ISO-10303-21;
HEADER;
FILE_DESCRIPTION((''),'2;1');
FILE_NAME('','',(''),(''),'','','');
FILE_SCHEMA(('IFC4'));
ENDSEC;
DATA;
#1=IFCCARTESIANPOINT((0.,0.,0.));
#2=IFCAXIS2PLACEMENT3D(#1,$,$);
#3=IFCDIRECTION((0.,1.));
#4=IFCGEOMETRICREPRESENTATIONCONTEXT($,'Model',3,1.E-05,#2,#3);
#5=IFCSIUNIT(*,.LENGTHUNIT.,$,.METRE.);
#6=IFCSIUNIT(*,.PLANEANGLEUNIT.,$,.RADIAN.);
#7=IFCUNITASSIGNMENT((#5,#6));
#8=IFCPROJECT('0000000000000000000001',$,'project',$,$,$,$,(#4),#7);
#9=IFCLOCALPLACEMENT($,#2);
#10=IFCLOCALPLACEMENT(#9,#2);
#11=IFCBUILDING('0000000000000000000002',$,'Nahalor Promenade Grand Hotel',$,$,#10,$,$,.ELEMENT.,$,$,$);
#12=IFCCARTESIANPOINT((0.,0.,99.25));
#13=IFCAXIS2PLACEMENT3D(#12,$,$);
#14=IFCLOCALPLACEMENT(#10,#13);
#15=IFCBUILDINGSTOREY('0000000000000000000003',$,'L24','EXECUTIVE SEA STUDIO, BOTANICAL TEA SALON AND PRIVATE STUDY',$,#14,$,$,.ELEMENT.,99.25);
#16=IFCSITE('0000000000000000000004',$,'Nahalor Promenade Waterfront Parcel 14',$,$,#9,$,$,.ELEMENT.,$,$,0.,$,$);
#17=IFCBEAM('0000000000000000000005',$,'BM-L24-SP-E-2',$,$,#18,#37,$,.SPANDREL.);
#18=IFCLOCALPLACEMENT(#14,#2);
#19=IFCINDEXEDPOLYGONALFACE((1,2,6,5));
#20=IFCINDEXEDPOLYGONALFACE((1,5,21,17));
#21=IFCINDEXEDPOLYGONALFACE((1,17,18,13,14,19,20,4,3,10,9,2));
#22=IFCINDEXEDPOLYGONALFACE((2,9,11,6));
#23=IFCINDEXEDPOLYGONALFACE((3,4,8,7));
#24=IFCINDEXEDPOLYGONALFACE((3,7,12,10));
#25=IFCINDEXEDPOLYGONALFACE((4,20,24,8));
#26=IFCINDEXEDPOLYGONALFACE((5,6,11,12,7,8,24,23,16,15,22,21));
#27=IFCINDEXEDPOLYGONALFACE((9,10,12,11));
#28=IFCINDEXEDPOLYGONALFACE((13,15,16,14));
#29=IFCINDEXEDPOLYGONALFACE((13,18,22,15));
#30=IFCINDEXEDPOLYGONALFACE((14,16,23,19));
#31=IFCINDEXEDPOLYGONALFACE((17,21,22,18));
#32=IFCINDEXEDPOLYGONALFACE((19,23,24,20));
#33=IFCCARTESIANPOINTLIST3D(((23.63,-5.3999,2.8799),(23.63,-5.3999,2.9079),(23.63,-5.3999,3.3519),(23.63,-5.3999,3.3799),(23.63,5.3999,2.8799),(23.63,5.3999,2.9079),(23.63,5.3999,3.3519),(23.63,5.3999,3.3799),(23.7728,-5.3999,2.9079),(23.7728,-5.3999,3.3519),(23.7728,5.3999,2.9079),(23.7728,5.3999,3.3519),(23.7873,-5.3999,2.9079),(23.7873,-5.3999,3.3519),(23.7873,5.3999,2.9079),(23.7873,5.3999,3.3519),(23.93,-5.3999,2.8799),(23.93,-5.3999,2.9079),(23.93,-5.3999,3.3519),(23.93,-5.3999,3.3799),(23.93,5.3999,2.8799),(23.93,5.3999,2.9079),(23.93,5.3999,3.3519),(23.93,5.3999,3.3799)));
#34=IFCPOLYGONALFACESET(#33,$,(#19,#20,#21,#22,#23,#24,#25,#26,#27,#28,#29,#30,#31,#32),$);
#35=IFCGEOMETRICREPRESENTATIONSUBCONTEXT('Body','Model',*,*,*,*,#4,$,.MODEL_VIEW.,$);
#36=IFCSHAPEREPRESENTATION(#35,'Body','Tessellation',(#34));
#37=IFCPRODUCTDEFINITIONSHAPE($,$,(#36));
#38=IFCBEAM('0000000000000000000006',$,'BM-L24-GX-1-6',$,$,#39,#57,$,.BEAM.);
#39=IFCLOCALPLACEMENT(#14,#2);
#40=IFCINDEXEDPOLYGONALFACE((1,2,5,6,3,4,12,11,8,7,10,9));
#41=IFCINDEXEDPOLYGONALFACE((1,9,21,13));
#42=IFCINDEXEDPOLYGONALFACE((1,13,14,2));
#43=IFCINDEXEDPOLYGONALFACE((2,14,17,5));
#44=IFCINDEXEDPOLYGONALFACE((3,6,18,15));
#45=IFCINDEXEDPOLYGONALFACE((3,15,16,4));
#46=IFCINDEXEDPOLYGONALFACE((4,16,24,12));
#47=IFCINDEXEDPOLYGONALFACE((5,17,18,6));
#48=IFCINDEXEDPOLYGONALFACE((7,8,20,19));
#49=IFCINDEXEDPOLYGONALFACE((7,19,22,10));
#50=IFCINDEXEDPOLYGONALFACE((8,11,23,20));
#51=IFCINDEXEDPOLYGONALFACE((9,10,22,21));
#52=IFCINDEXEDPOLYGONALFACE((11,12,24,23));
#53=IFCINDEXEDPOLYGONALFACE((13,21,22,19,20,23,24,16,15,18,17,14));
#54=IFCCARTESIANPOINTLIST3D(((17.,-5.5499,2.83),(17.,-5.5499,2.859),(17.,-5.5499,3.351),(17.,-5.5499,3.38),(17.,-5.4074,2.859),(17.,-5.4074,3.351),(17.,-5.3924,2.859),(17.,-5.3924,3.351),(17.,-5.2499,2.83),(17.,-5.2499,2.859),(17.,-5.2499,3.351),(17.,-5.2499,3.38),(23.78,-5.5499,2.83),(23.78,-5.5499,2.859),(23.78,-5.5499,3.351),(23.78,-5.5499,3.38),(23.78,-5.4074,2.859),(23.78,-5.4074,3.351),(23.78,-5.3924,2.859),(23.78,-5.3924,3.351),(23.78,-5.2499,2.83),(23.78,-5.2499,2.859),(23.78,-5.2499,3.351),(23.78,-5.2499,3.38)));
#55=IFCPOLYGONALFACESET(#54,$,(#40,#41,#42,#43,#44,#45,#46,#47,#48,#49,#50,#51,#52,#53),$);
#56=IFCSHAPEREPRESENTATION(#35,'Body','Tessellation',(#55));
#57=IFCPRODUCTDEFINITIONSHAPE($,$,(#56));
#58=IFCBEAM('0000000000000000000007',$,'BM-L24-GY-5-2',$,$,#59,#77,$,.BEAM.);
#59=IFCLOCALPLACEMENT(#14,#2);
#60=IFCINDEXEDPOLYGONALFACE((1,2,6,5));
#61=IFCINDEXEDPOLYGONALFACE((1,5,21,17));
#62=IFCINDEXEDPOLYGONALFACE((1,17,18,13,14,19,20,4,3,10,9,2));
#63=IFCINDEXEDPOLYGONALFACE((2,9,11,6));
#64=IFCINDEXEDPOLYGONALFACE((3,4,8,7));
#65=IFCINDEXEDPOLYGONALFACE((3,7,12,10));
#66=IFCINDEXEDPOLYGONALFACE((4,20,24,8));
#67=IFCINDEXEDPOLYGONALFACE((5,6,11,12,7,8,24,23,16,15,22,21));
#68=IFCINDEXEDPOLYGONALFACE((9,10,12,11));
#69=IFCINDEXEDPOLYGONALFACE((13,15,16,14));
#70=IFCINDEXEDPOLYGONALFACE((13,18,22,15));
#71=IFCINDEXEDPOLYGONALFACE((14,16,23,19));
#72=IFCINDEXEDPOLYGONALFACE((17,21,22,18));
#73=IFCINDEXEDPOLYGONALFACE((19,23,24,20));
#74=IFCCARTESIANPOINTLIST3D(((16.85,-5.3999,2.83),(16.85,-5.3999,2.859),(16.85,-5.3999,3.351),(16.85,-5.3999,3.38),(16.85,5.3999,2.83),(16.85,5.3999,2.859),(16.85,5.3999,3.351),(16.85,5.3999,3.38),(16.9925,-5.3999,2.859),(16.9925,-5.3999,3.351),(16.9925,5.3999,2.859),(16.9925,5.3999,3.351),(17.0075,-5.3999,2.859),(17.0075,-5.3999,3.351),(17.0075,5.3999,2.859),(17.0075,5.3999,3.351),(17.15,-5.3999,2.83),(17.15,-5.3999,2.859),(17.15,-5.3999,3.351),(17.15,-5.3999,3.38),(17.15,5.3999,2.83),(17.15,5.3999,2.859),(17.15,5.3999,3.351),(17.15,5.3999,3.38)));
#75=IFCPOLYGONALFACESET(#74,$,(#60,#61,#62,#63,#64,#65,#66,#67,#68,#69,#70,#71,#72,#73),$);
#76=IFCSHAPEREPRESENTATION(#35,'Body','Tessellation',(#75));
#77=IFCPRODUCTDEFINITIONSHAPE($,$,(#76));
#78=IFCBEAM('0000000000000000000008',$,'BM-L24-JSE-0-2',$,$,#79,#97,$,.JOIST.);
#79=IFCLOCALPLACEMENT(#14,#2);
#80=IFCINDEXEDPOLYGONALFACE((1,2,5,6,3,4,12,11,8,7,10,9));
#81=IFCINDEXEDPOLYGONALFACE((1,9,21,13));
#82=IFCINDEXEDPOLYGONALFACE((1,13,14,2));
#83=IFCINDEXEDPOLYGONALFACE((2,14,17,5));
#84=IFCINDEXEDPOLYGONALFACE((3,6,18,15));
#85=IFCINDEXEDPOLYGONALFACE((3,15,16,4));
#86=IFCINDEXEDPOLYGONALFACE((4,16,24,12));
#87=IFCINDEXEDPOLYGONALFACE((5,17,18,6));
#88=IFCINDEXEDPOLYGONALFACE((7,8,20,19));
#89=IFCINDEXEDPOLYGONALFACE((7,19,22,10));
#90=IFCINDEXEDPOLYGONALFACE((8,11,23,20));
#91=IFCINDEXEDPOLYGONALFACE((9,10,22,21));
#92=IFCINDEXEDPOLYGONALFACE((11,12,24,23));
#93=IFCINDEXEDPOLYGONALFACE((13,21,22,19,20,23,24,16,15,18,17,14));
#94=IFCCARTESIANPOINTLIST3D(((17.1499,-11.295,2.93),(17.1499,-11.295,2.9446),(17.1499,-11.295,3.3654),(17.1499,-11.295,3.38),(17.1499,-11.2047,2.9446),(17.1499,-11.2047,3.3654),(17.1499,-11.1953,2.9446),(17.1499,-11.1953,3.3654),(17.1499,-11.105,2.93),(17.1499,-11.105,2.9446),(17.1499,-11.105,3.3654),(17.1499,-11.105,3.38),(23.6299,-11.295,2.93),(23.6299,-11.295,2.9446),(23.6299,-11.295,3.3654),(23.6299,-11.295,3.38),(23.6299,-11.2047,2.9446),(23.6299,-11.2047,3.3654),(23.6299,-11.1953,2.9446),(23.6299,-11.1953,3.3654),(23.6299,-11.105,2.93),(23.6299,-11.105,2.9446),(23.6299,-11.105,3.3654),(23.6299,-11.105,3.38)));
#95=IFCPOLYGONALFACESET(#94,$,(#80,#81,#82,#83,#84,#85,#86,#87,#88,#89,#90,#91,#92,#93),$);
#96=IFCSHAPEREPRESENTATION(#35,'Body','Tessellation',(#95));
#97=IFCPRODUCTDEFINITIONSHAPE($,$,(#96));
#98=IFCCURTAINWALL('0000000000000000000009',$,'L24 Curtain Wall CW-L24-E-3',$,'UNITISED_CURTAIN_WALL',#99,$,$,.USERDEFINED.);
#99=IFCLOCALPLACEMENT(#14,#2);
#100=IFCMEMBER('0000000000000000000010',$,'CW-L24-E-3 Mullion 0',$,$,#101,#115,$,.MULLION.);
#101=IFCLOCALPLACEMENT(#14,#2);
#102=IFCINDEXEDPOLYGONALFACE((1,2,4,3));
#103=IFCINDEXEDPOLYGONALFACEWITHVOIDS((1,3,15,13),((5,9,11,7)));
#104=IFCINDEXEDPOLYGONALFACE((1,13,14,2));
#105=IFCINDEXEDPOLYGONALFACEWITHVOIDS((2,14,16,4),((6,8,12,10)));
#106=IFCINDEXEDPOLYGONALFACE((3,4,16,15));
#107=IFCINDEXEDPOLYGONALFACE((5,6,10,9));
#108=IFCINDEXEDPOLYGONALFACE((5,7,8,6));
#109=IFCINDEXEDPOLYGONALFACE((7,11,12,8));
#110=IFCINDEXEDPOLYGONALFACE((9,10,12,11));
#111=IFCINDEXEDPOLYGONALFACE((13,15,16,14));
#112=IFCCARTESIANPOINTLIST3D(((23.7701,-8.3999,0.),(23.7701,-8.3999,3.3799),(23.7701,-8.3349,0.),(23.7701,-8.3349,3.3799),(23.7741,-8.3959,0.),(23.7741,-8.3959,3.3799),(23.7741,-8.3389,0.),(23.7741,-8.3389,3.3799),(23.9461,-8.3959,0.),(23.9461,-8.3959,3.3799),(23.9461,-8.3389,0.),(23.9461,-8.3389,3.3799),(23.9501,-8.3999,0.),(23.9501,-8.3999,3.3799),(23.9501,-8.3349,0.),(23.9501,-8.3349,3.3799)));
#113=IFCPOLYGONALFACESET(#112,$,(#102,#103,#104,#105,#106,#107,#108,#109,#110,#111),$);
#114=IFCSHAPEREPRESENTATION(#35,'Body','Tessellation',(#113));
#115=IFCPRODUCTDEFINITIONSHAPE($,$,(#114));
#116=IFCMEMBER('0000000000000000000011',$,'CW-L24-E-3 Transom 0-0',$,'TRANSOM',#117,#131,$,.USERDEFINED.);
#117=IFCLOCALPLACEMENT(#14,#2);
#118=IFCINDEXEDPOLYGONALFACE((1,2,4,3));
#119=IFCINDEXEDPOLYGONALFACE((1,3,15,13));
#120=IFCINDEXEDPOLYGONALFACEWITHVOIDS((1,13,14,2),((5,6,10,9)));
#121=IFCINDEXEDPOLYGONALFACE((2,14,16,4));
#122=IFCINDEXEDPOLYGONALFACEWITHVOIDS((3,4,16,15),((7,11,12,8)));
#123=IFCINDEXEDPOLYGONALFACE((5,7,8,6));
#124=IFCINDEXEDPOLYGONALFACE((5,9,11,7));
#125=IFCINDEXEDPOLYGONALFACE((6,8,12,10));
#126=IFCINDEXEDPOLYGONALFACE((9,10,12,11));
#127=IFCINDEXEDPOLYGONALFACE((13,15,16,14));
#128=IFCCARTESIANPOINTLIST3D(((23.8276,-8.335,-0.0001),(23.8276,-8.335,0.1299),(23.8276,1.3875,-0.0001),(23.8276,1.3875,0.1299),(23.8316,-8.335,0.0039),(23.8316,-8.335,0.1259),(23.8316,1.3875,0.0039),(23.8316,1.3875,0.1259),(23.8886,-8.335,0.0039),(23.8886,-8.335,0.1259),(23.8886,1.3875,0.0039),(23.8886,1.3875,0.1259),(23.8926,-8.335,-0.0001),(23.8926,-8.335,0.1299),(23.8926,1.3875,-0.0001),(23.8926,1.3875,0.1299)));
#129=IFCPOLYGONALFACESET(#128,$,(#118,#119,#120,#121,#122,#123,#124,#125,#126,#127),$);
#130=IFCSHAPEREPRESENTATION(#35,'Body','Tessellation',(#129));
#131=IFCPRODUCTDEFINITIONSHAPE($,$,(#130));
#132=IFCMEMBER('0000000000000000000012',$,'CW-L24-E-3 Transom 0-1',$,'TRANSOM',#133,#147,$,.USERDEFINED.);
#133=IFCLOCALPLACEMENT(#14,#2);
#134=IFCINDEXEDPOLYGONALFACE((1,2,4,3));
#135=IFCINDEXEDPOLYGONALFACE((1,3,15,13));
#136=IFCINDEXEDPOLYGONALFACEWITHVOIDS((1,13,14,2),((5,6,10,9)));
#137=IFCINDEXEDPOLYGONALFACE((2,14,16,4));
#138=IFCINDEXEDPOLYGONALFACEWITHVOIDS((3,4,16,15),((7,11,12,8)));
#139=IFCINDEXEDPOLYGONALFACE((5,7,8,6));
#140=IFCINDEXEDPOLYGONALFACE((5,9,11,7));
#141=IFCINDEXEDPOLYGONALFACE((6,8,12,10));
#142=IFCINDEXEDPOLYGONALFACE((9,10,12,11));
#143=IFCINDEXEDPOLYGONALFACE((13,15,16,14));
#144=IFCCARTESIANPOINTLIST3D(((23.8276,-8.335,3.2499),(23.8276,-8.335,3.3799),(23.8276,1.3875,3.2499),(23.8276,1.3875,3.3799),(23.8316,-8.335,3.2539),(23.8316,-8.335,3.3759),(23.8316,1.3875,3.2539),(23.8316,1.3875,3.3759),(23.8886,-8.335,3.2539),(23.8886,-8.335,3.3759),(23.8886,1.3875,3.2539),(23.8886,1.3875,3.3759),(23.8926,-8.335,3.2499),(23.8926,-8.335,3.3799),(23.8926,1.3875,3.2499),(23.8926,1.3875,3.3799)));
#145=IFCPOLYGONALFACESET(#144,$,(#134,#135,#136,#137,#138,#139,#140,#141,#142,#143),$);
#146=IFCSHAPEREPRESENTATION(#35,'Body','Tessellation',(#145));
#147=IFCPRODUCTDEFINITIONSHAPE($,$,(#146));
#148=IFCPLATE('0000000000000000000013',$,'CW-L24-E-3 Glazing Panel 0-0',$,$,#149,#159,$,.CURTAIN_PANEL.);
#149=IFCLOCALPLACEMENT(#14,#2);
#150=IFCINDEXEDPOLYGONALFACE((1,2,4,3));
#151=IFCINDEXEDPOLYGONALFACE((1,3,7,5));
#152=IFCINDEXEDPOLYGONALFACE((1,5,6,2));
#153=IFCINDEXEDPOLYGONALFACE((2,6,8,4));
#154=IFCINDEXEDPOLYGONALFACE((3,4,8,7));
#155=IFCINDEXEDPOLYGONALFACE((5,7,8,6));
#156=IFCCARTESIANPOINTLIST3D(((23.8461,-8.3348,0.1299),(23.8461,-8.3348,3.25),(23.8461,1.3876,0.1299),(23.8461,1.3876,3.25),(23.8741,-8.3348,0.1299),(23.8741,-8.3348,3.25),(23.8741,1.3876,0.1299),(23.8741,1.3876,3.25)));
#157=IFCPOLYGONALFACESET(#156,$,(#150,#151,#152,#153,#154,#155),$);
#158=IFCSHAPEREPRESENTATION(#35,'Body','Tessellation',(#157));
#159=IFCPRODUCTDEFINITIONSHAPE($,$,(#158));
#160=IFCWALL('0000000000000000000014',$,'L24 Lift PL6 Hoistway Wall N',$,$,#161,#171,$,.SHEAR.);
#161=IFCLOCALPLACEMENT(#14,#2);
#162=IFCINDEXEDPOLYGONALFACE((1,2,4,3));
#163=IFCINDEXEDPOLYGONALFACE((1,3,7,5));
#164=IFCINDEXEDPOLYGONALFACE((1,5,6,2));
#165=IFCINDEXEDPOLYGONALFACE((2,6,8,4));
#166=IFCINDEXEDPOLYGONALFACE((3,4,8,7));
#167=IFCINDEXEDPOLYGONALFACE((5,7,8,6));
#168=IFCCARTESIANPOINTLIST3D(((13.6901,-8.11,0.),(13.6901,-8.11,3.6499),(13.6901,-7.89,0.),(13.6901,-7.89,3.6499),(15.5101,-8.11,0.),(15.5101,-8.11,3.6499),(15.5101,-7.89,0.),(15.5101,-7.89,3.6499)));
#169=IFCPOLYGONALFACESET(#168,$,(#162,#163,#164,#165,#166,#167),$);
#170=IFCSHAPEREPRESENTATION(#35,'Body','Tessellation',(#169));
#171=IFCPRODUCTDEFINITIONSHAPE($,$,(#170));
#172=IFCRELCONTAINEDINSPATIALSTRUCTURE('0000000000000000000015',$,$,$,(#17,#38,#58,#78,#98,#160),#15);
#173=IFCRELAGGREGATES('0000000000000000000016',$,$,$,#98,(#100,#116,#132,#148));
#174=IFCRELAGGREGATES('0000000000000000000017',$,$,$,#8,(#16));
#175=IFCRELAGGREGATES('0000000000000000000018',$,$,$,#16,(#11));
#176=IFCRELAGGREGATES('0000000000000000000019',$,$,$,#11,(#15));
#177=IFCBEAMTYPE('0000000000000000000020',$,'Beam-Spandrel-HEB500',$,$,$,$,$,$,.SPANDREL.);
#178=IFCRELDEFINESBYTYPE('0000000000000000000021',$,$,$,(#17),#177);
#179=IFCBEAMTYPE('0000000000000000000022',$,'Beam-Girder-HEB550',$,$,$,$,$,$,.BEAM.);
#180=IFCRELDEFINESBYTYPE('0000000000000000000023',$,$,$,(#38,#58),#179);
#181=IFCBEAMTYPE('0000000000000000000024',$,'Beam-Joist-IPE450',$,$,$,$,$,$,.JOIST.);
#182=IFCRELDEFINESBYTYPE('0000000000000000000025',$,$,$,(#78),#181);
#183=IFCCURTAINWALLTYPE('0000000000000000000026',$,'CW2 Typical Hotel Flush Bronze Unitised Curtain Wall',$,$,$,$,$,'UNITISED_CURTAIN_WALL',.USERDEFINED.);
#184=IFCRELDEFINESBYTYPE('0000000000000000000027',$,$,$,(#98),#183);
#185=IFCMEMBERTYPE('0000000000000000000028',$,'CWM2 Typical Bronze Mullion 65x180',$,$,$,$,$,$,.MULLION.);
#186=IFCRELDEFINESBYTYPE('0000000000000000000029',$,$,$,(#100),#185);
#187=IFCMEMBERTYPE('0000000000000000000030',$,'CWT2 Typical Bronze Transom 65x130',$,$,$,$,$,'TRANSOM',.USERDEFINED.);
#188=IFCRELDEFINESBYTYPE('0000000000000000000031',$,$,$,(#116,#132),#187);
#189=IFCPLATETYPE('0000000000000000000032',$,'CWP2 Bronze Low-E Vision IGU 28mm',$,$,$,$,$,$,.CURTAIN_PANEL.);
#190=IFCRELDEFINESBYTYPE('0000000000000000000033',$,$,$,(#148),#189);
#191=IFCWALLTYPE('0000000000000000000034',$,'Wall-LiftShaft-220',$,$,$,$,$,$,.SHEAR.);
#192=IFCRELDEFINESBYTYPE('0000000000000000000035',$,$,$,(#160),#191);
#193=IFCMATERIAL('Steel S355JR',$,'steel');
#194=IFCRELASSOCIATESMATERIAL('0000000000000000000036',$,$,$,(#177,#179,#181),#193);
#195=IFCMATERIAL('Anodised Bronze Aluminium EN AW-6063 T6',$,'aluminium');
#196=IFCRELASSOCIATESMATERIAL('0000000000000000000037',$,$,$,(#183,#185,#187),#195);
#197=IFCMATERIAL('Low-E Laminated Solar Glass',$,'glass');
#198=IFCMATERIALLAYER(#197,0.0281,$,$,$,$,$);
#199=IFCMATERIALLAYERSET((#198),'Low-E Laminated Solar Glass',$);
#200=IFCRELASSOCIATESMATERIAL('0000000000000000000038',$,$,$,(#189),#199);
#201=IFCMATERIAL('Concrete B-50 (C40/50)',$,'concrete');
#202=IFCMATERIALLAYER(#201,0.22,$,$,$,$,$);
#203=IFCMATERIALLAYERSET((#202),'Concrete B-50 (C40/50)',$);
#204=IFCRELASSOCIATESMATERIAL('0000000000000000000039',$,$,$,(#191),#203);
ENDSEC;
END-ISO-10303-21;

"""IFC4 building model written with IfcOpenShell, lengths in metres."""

from ifc_helpers import new_model, si_unit, direction, frame, frame_2d, origin, origin_2d, place, context, subcontext, project, spatial, rectangle, hollow_rectangle, i_section, extrude, source, transform, mapped, material, layer, layer_set, material_profile, profile_set, type_object, element, aggregate, save


model = new_model("IFC4")

# Units and contexts
model_context = context("Model", 3, precision=1e-05, world=origin(), true_north=direction((0.0, 1.0)))
body_context = subcontext(model_context, "Body", "Model", "MODEL_VIEW")
ifc_project = project(units=[si_unit("LENGTHUNIT", "METRE"), si_unit("PLANEANGLEUNIT", "RADIAN")], contexts=[model_context])

# Site, building, storey
site_placement = place(None, origin())
site = spatial("IfcSite", under=ifc_project, at=site_placement, Name="Nahalor Promenade Waterfront Parcel 14", CompositionType="ELEMENT", RefElevation=0.0)
building_placement = place(site_placement, origin())
building = spatial("IfcBuilding", under=site, at=building_placement, Name="Nahalor Promenade Grand Hotel", CompositionType="ELEMENT")
storey_placement = place(building_placement, frame((0.0, 0.0, 99.25)))
storey = spatial("IfcBuildingStorey", under=building, at=storey_placement, Name="L24", Description="EXECUTIVE SEA STUDIO, BOTANICAL TEA SALON AND PRIVATE STUDY", CompositionType="ELEMENT", Elevation=99.25)

# Beams
ifc_material_1 = material(Name="Steel S355JR", Category="steel")
ifc_material_profile_1 = material_profile(ifc_material_1, i_section(OverallWidth=0.3, OverallDepth=0.5, WebThickness=0.0145, FlangeThickness=0.028, at=origin_2d()), Name="HEB 500")
ifc_profile_set_1 = profile_set([ifc_material_profile_1], Name="Steel S355JR")
beam_type_1 = type_object("IfcBeamType", Name="Beam-Spandrel-HEB500", PredefinedType="SPANDREL", material=ifc_profile_set_1)
shared_shape_1 = source(origin(), body_context, "Body", "SweptSolid", [
    extrude(i_section(OverallWidth=0.3, OverallDepth=0.5, WebThickness=0.0145, FlangeThickness=0.028, at=origin_2d()), origin(), (0.0, 0.0, 1.0), 10.7998),
])
beam_1_placement = place(storey_placement, frame((23.78, -5.3999, 3.1299), z_axis=(0.0, 1.0, 0.0), x_axis=(-1.0, 0.0, 0.0)))
element("IfcBeam", 1, at=beam_1_placement, inside=storey, type_object=beam_type_1, Name="BM-L24-SP-E-2", PredefinedType="SPANDREL", context=body_context, shape_type="MappedRepresentation", body=[
    mapped(shared_shape_1, transform((0.0, 0.0, 0.0), scale=1.0)),
])
ifc_material_profile_2 = material_profile(ifc_material_1, i_section(OverallWidth=0.3, OverallDepth=0.55, WebThickness=0.015, FlangeThickness=0.029, at=origin_2d()), Name="HEB 550")
ifc_profile_set_2 = profile_set([ifc_material_profile_2], Name="Steel S355JR")
beam_type_2 = type_object("IfcBeamType", Name="Beam-Girder-HEB550", PredefinedType="BEAM", material=ifc_profile_set_2)
shared_shape_2 = source(origin(), body_context, "Body", "SweptSolid", [
    extrude(i_section(OverallWidth=0.3, OverallDepth=0.55, WebThickness=0.015, FlangeThickness=0.029, at=origin_2d()), origin(), (0.0, 0.0, 1.0), 6.78),
])
beam_2_placement = place(storey_placement, frame((17.0, -5.3999, 3.105), z_axis=(1.0, 0.0, 0.0), x_axis=(0.0, 1.0, 0.0)))
element("IfcBeam", 2, at=beam_2_placement, inside=storey, type_object=beam_type_2, Name="BM-L24-GX-1-6", PredefinedType="BEAM", context=body_context, shape_type="MappedRepresentation", body=[
    mapped(shared_shape_2, transform((0.0, 0.0, 0.0), scale=1.0)),
])
shared_shape_3 = source(origin(), body_context, "Body", "SweptSolid", [
    extrude(i_section(OverallWidth=0.3, OverallDepth=0.55, WebThickness=0.015, FlangeThickness=0.029, at=origin_2d()), origin(), (0.0, 0.0, 1.0), 10.7998),
])
beam_3_placement = place(storey_placement, frame((17.0, -5.3999, 3.105), z_axis=(0.0, 1.0, 0.0), x_axis=(-1.0, 0.0, 0.0)))
element("IfcBeam", 3, at=beam_3_placement, inside=storey, type_object=beam_type_2, Name="BM-L24-GY-5-2", PredefinedType="BEAM", context=body_context, shape_type="MappedRepresentation", body=[
    mapped(shared_shape_3, transform((0.0, 0.0, 0.0), scale=1.0)),
])
ifc_material_profile_3 = material_profile(ifc_material_1, i_section(OverallWidth=0.19, OverallDepth=0.45, WebThickness=0.0094, FlangeThickness=0.0146, at=origin_2d()), Name="IPE 450")
ifc_profile_set_3 = profile_set([ifc_material_profile_3], Name="Steel S355JR")
beam_type_3 = type_object("IfcBeamType", Name="Beam-Joist-IPE450", PredefinedType="JOIST", material=ifc_profile_set_3)
shared_shape_4 = source(origin(), body_context, "Body", "SweptSolid", [
    extrude(i_section(OverallWidth=0.19, OverallDepth=0.45, WebThickness=0.0094, FlangeThickness=0.0146, at=origin_2d()), origin(), (0.0, 0.0, 1.0), 6.48),
])
beam_4_placement = place(storey_placement, frame((17.1499, -11.2, 3.155), z_axis=(1.0, 0.0, 0.0), x_axis=(0.0, 1.0, 0.0)))
element("IfcBeam", 4, at=beam_4_placement, inside=storey, type_object=beam_type_3, Name="BM-L24-JSE-0-2", PredefinedType="JOIST", context=body_context, shape_type="MappedRepresentation", body=[
    mapped(shared_shape_4, transform((0.0, 0.0, 0.0), scale=1.0)),
])

# Curtain wall, members, plate
ifc_material_2 = material(Name="Anodised Bronze Aluminium EN AW-6063 T6", Category="aluminium")
curtain_wall_type = type_object("IfcCurtainWallType", Name="CW2 Typical Hotel Flush Bronze Unitised Curtain Wall", ElementType="UNITISED_CURTAIN_WALL", PredefinedType="USERDEFINED", material=ifc_material_2)
curtain_wall_placement = place(storey_placement, origin())
curtain_wall = element("IfcCurtainWall", 5, at=curtain_wall_placement, inside=storey, type_object=curtain_wall_type, Name="L24 Curtain Wall CW-L24-E-3", ObjectType="UNITISED_CURTAIN_WALL", PredefinedType="USERDEFINED")
ifc_material_profile_4 = material_profile(ifc_material_2, hollow_rectangle(XDim=0.065, YDim=0.18, WallThickness=0.004, at=origin_2d()), Name="CWM 65x180x4")
ifc_profile_set_4 = profile_set([ifc_material_profile_4], Name="Anodised Bronze Aluminium EN AW-6063 T6")
member_type_1 = type_object("IfcMemberType", Name="CWM2 Typical Bronze Mullion 65x180", PredefinedType="MULLION", material=ifc_profile_set_4)
shared_shape_5 = source(origin(), body_context, "Body", "SweptSolid", [
    extrude(hollow_rectangle(XDim=0.065, YDim=0.18, WallThickness=0.004, at=origin_2d()), origin(), (0.0, 0.0, 1.0), 3.3799),
])
member_1_placement = place(storey_placement, frame((23.8601, -8.3674, 0.0), z_axis=(0.0, 0.0, 1.0), x_axis=(0.0, 1.0, 0.0)))
member_1 = element("IfcMember", 6, at=member_1_placement, type_object=member_type_1, Name="CW-L24-E-3 Mullion 0", PredefinedType="MULLION", context=body_context, shape_type="MappedRepresentation", body=[
    mapped(shared_shape_5, transform((0.0, 0.0, 0.0), scale=1.0)),
])
ifc_material_profile_5 = material_profile(ifc_material_2, hollow_rectangle(XDim=0.065, YDim=0.13, WallThickness=0.004, at=origin_2d()), Name="CWT 65x130x4")
ifc_profile_set_5 = profile_set([ifc_material_profile_5], Name="Anodised Bronze Aluminium EN AW-6063 T6")
member_type_2 = type_object("IfcMemberType", Name="CWT2 Typical Bronze Transom 65x130", ElementType="TRANSOM", PredefinedType="USERDEFINED", material=ifc_profile_set_5)
shared_shape_6 = source(origin(), body_context, "Body", "SweptSolid", [
    extrude(hollow_rectangle(XDim=0.065, YDim=0.13, WallThickness=0.004, at=origin_2d()), origin(), (0.0, 0.0, 1.0), 9.7224),
])
member_2_placement = place(storey_placement, frame((23.8601, -8.335, 0.0649), z_axis=(0.0, 1.0, 0.0), x_axis=(-1.0, 0.0, 0.0)))
member_2 = element("IfcMember", 7, at=member_2_placement, type_object=member_type_2, Name="CW-L24-E-3 Transom 0-0", ObjectType="TRANSOM", PredefinedType="USERDEFINED", context=body_context, shape_type="MappedRepresentation", body=[
    mapped(shared_shape_6, transform((0.0, 0.0, 0.0), scale=1.0)),
])
member_3_placement = place(storey_placement, frame((23.8601, -8.335, 3.3149), z_axis=(0.0, 1.0, 0.0), x_axis=(-1.0, 0.0, 0.0)))
member_3 = element("IfcMember", 8, at=member_3_placement, type_object=member_type_2, Name="CW-L24-E-3 Transom 0-1", ObjectType="TRANSOM", PredefinedType="USERDEFINED", context=body_context, shape_type="MappedRepresentation", body=[
    mapped(shared_shape_6, transform((0.0, 0.0, 0.0), scale=1.0)),
])
ifc_material_3 = material(Name="Low-E Laminated Solar Glass", Category="glass")
ifc_layer_1 = layer(ifc_material_3, 0.0281)
ifc_layer_set_1 = layer_set([ifc_layer_1], Name="Low-E Laminated Solar Glass")
plate_type = type_object("IfcPlateType", Name="CWP2 Bronze Low-E Vision IGU 28mm", PredefinedType="CURTAIN_PANEL", material=ifc_layer_set_1)
shared_shape_7 = source(origin(), body_context, "Body", "SweptSolid", [
    extrude(rectangle(XDim=9.7224, YDim=0.0281, at=origin_2d()), origin(), (0.0, 0.0, 1.0), 3.1201),
])
plate_placement = place(storey_placement, frame((23.8601, -3.4736, 0.1299), z_axis=(0.0, 0.0, 1.0), x_axis=(0.0, 1.0, 0.0)))
plate = element("IfcPlate", 9, at=plate_placement, type_object=plate_type, Name="CW-L24-E-3 Glazing Panel 0-0", PredefinedType="CURTAIN_PANEL", context=body_context, shape_type="MappedRepresentation", body=[
    mapped(shared_shape_7, transform((0.0, 0.0, 0.0), scale=1.0)),
])
aggregate(curtain_wall, [member_1, member_2, member_3, plate])

# Wall
ifc_material_4 = material(Name="Concrete B-50 (C40/50)", Category="concrete")
ifc_layer_2 = layer(ifc_material_4, 0.22)
ifc_layer_set_2 = layer_set([ifc_layer_2], Name="Concrete B-50 (C40/50)")
wall_type_1 = type_object("IfcWallType", Name="Wall-LiftShaft-220", PredefinedType="SHEAR", material=ifc_layer_set_2)
shared_shape_8 = source(origin(), body_context, "Body", "SweptSolid", [
    extrude(rectangle(XDim=1.8201, YDim=0.22, at=frame_2d((0.9102, 0.0))), origin(), (0.0, 0.0, 1.0), 3.6499),
])
wall_1_placement = place(storey_placement, frame((13.6899, -8.0, 0.0), z_axis=(0.0, 0.0, 1.0), x_axis=(1.0, 0.0, 0.0)))
element("IfcWall", 10, at=wall_1_placement, inside=storey, type_object=wall_type_1, Name="L24 Lift PL6 Hoistway Wall N", PredefinedType="SHEAR", context=body_context, shape_type="MappedRepresentation", body=[
    mapped(shared_shape_8, transform((0.0, 0.0, 0.0), scale=1.0)),
])

save(model, "model.ifc")
